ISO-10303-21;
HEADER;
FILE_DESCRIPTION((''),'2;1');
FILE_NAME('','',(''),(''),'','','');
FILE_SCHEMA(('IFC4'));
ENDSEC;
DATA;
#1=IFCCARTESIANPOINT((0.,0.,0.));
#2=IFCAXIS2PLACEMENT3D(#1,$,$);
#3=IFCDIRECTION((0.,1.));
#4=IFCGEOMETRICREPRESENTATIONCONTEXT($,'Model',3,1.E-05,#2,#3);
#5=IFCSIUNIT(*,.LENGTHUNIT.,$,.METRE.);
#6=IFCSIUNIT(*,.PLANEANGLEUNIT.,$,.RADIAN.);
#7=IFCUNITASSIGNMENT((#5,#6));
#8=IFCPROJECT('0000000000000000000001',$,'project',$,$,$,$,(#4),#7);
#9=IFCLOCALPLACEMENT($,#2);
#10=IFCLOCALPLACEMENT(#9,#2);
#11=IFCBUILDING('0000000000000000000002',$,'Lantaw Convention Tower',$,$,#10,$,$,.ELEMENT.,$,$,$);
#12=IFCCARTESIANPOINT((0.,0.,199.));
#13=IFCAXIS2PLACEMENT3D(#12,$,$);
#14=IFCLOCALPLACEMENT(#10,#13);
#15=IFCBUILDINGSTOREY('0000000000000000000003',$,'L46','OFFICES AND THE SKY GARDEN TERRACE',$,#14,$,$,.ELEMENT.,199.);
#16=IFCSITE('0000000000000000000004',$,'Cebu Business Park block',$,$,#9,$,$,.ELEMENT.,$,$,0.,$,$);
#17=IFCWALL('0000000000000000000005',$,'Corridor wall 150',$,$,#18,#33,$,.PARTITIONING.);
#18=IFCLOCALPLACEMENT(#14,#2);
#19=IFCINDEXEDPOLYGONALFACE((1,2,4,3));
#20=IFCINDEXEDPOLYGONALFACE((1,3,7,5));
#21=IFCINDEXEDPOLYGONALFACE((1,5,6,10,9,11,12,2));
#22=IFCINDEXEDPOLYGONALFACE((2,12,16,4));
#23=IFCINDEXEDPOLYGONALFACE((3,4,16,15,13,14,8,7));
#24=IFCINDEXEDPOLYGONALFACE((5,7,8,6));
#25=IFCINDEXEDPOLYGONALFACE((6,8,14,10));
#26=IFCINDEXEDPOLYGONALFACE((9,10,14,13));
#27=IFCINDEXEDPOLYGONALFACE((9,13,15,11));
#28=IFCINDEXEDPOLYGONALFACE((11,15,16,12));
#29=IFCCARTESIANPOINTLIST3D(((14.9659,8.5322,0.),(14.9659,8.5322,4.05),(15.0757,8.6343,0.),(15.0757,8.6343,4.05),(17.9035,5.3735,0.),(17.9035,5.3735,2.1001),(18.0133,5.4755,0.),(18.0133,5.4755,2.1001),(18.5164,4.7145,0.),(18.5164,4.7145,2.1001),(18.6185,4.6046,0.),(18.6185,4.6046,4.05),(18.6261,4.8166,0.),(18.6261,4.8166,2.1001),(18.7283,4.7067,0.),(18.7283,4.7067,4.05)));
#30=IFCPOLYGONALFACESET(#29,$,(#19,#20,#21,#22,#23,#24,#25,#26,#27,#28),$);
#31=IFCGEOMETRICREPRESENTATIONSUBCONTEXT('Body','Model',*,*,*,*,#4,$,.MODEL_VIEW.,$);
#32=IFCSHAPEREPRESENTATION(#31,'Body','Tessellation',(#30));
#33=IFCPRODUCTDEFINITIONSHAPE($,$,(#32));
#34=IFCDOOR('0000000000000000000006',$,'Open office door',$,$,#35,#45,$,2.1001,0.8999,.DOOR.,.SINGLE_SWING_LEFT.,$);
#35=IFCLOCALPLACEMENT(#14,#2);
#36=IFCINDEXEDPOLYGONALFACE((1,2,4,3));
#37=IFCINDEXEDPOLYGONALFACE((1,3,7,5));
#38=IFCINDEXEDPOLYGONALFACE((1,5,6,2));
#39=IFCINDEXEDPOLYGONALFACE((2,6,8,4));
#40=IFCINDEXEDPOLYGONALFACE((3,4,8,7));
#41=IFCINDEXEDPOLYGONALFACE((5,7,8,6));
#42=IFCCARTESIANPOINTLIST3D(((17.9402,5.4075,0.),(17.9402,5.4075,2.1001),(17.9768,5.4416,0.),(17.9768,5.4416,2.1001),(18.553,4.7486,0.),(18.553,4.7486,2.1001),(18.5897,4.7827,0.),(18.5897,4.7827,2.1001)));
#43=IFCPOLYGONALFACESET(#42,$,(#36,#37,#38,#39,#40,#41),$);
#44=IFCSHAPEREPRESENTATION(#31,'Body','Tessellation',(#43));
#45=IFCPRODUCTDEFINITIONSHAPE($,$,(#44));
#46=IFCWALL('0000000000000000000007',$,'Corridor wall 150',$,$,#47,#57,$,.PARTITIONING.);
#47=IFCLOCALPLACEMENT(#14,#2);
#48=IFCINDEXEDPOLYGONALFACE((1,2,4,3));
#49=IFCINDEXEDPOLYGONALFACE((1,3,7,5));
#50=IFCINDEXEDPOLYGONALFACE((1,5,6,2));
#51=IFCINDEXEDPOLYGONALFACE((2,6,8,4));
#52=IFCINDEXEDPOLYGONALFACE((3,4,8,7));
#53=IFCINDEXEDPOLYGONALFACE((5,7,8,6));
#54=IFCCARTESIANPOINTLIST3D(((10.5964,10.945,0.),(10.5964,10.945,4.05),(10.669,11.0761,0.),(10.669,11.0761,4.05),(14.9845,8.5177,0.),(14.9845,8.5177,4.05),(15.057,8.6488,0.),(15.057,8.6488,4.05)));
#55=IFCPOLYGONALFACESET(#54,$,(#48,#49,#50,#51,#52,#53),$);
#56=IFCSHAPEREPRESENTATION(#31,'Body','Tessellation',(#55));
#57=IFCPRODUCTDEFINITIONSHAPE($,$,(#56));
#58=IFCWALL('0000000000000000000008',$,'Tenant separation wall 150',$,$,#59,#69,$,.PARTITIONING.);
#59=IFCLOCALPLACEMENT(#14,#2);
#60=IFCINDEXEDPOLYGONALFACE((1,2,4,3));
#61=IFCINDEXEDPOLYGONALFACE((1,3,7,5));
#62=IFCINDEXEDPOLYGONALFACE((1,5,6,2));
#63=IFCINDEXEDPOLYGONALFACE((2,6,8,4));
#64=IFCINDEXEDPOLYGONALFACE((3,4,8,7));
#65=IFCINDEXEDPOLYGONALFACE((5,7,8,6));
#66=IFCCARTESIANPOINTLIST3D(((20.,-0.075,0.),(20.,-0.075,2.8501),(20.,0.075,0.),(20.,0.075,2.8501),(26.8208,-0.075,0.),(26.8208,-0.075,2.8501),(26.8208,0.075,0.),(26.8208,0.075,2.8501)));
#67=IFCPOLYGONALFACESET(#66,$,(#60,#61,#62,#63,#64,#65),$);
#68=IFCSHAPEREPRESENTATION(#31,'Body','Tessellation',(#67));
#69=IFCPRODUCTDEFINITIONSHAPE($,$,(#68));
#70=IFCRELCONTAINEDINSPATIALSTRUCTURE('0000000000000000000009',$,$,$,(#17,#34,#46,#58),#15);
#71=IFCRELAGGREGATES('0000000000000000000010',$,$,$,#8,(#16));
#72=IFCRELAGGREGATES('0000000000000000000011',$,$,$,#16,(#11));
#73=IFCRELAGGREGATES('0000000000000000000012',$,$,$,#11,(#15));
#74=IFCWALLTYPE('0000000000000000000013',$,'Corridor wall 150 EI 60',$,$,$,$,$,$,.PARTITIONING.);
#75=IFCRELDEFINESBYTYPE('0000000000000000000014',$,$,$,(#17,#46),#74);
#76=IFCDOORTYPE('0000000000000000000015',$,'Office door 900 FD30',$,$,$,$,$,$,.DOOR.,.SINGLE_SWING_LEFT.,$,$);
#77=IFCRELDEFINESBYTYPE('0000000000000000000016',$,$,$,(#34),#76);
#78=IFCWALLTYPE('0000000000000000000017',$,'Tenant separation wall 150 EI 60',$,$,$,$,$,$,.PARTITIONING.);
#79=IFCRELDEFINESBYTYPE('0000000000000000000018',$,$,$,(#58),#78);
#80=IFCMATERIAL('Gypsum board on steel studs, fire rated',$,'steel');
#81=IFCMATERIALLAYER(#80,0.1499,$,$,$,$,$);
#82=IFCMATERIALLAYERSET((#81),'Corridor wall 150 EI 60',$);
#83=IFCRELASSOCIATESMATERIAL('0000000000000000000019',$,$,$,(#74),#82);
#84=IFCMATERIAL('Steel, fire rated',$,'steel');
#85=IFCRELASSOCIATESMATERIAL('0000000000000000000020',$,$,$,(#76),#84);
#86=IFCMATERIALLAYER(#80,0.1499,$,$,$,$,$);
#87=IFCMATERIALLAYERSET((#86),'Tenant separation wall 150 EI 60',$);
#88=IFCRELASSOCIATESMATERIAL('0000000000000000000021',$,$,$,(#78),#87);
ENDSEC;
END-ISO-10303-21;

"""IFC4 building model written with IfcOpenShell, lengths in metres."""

from ifc_helpers import new_model, si_unit, direction, frame, frame_2d, origin, place, context, subcontext, project, spatial, rectangle, extrude, material, layer, layer_set, type_object, element, fill, save


model = new_model("IFC4")

# Units and contexts
model_context = context("Model", 3, precision=1e-05, world=origin(), true_north=direction((0.0, 1.0)))
body_context = subcontext(model_context, "Body", "Model", "MODEL_VIEW")
ifc_project = project(units=[si_unit("LENGTHUNIT", "METRE"), si_unit("PLANEANGLEUNIT", "RADIAN")], contexts=[model_context])

# Site, building, storey
site_placement = place(None, origin())
site = spatial("IfcSite", under=ifc_project, at=site_placement, Name="Cebu Business Park block", CompositionType="ELEMENT", RefElevation=0.0)
building_placement = place(site_placement, origin())
building = spatial("IfcBuilding", under=site, at=building_placement, Name="Lantaw Convention Tower", CompositionType="ELEMENT")
storey_placement = place(building_placement, frame((0.0, 0.0, 199.0)))
storey = spatial("IfcBuildingStorey", under=building, at=storey_placement, Name="L46", Description="OFFICES AND THE SKY GARDEN TERRACE", CompositionType="ELEMENT", Elevation=199.0)

# Shared definitions
ifc_material_1 = material(Name="Gypsum board on steel studs, fire rated", Category="steel")
ifc_layer_1 = layer(ifc_material_1, 0.1499)
ifc_layer_set_1 = layer_set([ifc_layer_1], Name="Corridor wall 150 EI 60")
wall_type_1 = type_object("IfcWallType", Name="Corridor wall 150 EI 60", PredefinedType="PARTITIONING", material=ifc_layer_set_1)

# Wall, opening, door
wall_1_placement = place(storey_placement, frame((18.6733, 4.6558, 0.0), z_axis=(0.0, 0.0, 1.0), x_axis=(-0.681015, 0.73227, 0.0)))
wall_1 = element("IfcWall", 1, at=wall_1_placement, inside=storey, type_object=wall_type_1, Name="Corridor wall 150", PredefinedType="PARTITIONING", context=body_context, shape_type="SweptSolid", body=[
    extrude(rectangle(XDim=5.3635, YDim=0.1499, at=frame_2d((2.6816, 0.0))), origin(), (0.0, 0.0, 1.0), 4.05),
])
opening_placement = place(wall_1_placement, frame((0.1499, 0.0, 0.0)))
opening = element("IfcOpeningElement", 2, at=opening_placement, cuts=wall_1, PredefinedType="OPENING", context=body_context, shape_type="SweptSolid", body=[
    extrude(rectangle(XDim=0.8999, YDim=2.1001, at=frame_2d((0.45, 1.05))), frame((0.0, 0.085, 0.0), z_axis=(0.0, -1.0, 0.0), x_axis=(1.0, 0.0, 0.0)), (0.0, 0.0, 1.0), 0.1699),
])
ifc_material_2 = material(Name="Steel, fire rated", Category="steel")
door_type = type_object("IfcDoorType", Name="Office door 900 FD30", OperationType="SINGLE_SWING_LEFT", PredefinedType="DOOR", material=ifc_material_2)
door_placement = place(opening_placement, origin())
door = element("IfcDoor", 3, at=door_placement, inside=storey, type_object=door_type, Name="Open office door", OperationType="SINGLE_SWING_LEFT", OverallHeight=2.1001, OverallWidth=0.8999, PredefinedType="DOOR", context=body_context, shape_type="SweptSolid", body=[
    extrude(rectangle(XDim=0.8999, YDim=2.1001, at=frame_2d((0.45, 1.05))), frame((0.0, 0.0249, 0.0), z_axis=(0.0, -1.0, 0.0), x_axis=(1.0, 0.0, 0.0)), (0.0, 0.0, 1.0), 0.05),
])
fill(opening, door)

# Walls
wall_2_placement = place(storey_placement, frame((15.0208, 8.5833, 0.0), z_axis=(0.0, 0.0, 1.0), x_axis=(-0.875045, 0.484042, 0.0)))
element("IfcWall", 4, at=wall_2_placement, inside=storey, type_object=wall_type_1, Name="Corridor wall 150", PredefinedType="PARTITIONING", context=body_context, shape_type="SweptSolid", body=[
    extrude(rectangle(XDim=5.0146, YDim=0.1499, at=frame_2d((2.5073, 0.0))), origin(), (0.0, 0.0, 1.0), 4.05),
])
ifc_layer_2 = layer(ifc_material_1, 0.1499)
ifc_layer_set_2 = layer_set([ifc_layer_2], Name="Tenant separation wall 150 EI 60")
wall_type_2 = type_object("IfcWallType", Name="Tenant separation wall 150 EI 60", PredefinedType="PARTITIONING", material=ifc_layer_set_2)
wall_3_placement = place(storey_placement, frame((26.8208, 0.0, 0.0), z_axis=(0.0, 0.0, 1.0), x_axis=(-1.0, 0.0, 0.0)))
element("IfcWall", 5, at=wall_3_placement, inside=storey, type_object=wall_type_2, Name="Tenant separation wall 150", PredefinedType="PARTITIONING", context=body_context, shape_type="SweptSolid", body=[
    extrude(rectangle(XDim=6.8208, YDim=0.1499, at=frame_2d((3.4104, 0.0))), origin(), (0.0, 0.0, 1.0), 2.8501),
])

save(model, "model.ifc")
